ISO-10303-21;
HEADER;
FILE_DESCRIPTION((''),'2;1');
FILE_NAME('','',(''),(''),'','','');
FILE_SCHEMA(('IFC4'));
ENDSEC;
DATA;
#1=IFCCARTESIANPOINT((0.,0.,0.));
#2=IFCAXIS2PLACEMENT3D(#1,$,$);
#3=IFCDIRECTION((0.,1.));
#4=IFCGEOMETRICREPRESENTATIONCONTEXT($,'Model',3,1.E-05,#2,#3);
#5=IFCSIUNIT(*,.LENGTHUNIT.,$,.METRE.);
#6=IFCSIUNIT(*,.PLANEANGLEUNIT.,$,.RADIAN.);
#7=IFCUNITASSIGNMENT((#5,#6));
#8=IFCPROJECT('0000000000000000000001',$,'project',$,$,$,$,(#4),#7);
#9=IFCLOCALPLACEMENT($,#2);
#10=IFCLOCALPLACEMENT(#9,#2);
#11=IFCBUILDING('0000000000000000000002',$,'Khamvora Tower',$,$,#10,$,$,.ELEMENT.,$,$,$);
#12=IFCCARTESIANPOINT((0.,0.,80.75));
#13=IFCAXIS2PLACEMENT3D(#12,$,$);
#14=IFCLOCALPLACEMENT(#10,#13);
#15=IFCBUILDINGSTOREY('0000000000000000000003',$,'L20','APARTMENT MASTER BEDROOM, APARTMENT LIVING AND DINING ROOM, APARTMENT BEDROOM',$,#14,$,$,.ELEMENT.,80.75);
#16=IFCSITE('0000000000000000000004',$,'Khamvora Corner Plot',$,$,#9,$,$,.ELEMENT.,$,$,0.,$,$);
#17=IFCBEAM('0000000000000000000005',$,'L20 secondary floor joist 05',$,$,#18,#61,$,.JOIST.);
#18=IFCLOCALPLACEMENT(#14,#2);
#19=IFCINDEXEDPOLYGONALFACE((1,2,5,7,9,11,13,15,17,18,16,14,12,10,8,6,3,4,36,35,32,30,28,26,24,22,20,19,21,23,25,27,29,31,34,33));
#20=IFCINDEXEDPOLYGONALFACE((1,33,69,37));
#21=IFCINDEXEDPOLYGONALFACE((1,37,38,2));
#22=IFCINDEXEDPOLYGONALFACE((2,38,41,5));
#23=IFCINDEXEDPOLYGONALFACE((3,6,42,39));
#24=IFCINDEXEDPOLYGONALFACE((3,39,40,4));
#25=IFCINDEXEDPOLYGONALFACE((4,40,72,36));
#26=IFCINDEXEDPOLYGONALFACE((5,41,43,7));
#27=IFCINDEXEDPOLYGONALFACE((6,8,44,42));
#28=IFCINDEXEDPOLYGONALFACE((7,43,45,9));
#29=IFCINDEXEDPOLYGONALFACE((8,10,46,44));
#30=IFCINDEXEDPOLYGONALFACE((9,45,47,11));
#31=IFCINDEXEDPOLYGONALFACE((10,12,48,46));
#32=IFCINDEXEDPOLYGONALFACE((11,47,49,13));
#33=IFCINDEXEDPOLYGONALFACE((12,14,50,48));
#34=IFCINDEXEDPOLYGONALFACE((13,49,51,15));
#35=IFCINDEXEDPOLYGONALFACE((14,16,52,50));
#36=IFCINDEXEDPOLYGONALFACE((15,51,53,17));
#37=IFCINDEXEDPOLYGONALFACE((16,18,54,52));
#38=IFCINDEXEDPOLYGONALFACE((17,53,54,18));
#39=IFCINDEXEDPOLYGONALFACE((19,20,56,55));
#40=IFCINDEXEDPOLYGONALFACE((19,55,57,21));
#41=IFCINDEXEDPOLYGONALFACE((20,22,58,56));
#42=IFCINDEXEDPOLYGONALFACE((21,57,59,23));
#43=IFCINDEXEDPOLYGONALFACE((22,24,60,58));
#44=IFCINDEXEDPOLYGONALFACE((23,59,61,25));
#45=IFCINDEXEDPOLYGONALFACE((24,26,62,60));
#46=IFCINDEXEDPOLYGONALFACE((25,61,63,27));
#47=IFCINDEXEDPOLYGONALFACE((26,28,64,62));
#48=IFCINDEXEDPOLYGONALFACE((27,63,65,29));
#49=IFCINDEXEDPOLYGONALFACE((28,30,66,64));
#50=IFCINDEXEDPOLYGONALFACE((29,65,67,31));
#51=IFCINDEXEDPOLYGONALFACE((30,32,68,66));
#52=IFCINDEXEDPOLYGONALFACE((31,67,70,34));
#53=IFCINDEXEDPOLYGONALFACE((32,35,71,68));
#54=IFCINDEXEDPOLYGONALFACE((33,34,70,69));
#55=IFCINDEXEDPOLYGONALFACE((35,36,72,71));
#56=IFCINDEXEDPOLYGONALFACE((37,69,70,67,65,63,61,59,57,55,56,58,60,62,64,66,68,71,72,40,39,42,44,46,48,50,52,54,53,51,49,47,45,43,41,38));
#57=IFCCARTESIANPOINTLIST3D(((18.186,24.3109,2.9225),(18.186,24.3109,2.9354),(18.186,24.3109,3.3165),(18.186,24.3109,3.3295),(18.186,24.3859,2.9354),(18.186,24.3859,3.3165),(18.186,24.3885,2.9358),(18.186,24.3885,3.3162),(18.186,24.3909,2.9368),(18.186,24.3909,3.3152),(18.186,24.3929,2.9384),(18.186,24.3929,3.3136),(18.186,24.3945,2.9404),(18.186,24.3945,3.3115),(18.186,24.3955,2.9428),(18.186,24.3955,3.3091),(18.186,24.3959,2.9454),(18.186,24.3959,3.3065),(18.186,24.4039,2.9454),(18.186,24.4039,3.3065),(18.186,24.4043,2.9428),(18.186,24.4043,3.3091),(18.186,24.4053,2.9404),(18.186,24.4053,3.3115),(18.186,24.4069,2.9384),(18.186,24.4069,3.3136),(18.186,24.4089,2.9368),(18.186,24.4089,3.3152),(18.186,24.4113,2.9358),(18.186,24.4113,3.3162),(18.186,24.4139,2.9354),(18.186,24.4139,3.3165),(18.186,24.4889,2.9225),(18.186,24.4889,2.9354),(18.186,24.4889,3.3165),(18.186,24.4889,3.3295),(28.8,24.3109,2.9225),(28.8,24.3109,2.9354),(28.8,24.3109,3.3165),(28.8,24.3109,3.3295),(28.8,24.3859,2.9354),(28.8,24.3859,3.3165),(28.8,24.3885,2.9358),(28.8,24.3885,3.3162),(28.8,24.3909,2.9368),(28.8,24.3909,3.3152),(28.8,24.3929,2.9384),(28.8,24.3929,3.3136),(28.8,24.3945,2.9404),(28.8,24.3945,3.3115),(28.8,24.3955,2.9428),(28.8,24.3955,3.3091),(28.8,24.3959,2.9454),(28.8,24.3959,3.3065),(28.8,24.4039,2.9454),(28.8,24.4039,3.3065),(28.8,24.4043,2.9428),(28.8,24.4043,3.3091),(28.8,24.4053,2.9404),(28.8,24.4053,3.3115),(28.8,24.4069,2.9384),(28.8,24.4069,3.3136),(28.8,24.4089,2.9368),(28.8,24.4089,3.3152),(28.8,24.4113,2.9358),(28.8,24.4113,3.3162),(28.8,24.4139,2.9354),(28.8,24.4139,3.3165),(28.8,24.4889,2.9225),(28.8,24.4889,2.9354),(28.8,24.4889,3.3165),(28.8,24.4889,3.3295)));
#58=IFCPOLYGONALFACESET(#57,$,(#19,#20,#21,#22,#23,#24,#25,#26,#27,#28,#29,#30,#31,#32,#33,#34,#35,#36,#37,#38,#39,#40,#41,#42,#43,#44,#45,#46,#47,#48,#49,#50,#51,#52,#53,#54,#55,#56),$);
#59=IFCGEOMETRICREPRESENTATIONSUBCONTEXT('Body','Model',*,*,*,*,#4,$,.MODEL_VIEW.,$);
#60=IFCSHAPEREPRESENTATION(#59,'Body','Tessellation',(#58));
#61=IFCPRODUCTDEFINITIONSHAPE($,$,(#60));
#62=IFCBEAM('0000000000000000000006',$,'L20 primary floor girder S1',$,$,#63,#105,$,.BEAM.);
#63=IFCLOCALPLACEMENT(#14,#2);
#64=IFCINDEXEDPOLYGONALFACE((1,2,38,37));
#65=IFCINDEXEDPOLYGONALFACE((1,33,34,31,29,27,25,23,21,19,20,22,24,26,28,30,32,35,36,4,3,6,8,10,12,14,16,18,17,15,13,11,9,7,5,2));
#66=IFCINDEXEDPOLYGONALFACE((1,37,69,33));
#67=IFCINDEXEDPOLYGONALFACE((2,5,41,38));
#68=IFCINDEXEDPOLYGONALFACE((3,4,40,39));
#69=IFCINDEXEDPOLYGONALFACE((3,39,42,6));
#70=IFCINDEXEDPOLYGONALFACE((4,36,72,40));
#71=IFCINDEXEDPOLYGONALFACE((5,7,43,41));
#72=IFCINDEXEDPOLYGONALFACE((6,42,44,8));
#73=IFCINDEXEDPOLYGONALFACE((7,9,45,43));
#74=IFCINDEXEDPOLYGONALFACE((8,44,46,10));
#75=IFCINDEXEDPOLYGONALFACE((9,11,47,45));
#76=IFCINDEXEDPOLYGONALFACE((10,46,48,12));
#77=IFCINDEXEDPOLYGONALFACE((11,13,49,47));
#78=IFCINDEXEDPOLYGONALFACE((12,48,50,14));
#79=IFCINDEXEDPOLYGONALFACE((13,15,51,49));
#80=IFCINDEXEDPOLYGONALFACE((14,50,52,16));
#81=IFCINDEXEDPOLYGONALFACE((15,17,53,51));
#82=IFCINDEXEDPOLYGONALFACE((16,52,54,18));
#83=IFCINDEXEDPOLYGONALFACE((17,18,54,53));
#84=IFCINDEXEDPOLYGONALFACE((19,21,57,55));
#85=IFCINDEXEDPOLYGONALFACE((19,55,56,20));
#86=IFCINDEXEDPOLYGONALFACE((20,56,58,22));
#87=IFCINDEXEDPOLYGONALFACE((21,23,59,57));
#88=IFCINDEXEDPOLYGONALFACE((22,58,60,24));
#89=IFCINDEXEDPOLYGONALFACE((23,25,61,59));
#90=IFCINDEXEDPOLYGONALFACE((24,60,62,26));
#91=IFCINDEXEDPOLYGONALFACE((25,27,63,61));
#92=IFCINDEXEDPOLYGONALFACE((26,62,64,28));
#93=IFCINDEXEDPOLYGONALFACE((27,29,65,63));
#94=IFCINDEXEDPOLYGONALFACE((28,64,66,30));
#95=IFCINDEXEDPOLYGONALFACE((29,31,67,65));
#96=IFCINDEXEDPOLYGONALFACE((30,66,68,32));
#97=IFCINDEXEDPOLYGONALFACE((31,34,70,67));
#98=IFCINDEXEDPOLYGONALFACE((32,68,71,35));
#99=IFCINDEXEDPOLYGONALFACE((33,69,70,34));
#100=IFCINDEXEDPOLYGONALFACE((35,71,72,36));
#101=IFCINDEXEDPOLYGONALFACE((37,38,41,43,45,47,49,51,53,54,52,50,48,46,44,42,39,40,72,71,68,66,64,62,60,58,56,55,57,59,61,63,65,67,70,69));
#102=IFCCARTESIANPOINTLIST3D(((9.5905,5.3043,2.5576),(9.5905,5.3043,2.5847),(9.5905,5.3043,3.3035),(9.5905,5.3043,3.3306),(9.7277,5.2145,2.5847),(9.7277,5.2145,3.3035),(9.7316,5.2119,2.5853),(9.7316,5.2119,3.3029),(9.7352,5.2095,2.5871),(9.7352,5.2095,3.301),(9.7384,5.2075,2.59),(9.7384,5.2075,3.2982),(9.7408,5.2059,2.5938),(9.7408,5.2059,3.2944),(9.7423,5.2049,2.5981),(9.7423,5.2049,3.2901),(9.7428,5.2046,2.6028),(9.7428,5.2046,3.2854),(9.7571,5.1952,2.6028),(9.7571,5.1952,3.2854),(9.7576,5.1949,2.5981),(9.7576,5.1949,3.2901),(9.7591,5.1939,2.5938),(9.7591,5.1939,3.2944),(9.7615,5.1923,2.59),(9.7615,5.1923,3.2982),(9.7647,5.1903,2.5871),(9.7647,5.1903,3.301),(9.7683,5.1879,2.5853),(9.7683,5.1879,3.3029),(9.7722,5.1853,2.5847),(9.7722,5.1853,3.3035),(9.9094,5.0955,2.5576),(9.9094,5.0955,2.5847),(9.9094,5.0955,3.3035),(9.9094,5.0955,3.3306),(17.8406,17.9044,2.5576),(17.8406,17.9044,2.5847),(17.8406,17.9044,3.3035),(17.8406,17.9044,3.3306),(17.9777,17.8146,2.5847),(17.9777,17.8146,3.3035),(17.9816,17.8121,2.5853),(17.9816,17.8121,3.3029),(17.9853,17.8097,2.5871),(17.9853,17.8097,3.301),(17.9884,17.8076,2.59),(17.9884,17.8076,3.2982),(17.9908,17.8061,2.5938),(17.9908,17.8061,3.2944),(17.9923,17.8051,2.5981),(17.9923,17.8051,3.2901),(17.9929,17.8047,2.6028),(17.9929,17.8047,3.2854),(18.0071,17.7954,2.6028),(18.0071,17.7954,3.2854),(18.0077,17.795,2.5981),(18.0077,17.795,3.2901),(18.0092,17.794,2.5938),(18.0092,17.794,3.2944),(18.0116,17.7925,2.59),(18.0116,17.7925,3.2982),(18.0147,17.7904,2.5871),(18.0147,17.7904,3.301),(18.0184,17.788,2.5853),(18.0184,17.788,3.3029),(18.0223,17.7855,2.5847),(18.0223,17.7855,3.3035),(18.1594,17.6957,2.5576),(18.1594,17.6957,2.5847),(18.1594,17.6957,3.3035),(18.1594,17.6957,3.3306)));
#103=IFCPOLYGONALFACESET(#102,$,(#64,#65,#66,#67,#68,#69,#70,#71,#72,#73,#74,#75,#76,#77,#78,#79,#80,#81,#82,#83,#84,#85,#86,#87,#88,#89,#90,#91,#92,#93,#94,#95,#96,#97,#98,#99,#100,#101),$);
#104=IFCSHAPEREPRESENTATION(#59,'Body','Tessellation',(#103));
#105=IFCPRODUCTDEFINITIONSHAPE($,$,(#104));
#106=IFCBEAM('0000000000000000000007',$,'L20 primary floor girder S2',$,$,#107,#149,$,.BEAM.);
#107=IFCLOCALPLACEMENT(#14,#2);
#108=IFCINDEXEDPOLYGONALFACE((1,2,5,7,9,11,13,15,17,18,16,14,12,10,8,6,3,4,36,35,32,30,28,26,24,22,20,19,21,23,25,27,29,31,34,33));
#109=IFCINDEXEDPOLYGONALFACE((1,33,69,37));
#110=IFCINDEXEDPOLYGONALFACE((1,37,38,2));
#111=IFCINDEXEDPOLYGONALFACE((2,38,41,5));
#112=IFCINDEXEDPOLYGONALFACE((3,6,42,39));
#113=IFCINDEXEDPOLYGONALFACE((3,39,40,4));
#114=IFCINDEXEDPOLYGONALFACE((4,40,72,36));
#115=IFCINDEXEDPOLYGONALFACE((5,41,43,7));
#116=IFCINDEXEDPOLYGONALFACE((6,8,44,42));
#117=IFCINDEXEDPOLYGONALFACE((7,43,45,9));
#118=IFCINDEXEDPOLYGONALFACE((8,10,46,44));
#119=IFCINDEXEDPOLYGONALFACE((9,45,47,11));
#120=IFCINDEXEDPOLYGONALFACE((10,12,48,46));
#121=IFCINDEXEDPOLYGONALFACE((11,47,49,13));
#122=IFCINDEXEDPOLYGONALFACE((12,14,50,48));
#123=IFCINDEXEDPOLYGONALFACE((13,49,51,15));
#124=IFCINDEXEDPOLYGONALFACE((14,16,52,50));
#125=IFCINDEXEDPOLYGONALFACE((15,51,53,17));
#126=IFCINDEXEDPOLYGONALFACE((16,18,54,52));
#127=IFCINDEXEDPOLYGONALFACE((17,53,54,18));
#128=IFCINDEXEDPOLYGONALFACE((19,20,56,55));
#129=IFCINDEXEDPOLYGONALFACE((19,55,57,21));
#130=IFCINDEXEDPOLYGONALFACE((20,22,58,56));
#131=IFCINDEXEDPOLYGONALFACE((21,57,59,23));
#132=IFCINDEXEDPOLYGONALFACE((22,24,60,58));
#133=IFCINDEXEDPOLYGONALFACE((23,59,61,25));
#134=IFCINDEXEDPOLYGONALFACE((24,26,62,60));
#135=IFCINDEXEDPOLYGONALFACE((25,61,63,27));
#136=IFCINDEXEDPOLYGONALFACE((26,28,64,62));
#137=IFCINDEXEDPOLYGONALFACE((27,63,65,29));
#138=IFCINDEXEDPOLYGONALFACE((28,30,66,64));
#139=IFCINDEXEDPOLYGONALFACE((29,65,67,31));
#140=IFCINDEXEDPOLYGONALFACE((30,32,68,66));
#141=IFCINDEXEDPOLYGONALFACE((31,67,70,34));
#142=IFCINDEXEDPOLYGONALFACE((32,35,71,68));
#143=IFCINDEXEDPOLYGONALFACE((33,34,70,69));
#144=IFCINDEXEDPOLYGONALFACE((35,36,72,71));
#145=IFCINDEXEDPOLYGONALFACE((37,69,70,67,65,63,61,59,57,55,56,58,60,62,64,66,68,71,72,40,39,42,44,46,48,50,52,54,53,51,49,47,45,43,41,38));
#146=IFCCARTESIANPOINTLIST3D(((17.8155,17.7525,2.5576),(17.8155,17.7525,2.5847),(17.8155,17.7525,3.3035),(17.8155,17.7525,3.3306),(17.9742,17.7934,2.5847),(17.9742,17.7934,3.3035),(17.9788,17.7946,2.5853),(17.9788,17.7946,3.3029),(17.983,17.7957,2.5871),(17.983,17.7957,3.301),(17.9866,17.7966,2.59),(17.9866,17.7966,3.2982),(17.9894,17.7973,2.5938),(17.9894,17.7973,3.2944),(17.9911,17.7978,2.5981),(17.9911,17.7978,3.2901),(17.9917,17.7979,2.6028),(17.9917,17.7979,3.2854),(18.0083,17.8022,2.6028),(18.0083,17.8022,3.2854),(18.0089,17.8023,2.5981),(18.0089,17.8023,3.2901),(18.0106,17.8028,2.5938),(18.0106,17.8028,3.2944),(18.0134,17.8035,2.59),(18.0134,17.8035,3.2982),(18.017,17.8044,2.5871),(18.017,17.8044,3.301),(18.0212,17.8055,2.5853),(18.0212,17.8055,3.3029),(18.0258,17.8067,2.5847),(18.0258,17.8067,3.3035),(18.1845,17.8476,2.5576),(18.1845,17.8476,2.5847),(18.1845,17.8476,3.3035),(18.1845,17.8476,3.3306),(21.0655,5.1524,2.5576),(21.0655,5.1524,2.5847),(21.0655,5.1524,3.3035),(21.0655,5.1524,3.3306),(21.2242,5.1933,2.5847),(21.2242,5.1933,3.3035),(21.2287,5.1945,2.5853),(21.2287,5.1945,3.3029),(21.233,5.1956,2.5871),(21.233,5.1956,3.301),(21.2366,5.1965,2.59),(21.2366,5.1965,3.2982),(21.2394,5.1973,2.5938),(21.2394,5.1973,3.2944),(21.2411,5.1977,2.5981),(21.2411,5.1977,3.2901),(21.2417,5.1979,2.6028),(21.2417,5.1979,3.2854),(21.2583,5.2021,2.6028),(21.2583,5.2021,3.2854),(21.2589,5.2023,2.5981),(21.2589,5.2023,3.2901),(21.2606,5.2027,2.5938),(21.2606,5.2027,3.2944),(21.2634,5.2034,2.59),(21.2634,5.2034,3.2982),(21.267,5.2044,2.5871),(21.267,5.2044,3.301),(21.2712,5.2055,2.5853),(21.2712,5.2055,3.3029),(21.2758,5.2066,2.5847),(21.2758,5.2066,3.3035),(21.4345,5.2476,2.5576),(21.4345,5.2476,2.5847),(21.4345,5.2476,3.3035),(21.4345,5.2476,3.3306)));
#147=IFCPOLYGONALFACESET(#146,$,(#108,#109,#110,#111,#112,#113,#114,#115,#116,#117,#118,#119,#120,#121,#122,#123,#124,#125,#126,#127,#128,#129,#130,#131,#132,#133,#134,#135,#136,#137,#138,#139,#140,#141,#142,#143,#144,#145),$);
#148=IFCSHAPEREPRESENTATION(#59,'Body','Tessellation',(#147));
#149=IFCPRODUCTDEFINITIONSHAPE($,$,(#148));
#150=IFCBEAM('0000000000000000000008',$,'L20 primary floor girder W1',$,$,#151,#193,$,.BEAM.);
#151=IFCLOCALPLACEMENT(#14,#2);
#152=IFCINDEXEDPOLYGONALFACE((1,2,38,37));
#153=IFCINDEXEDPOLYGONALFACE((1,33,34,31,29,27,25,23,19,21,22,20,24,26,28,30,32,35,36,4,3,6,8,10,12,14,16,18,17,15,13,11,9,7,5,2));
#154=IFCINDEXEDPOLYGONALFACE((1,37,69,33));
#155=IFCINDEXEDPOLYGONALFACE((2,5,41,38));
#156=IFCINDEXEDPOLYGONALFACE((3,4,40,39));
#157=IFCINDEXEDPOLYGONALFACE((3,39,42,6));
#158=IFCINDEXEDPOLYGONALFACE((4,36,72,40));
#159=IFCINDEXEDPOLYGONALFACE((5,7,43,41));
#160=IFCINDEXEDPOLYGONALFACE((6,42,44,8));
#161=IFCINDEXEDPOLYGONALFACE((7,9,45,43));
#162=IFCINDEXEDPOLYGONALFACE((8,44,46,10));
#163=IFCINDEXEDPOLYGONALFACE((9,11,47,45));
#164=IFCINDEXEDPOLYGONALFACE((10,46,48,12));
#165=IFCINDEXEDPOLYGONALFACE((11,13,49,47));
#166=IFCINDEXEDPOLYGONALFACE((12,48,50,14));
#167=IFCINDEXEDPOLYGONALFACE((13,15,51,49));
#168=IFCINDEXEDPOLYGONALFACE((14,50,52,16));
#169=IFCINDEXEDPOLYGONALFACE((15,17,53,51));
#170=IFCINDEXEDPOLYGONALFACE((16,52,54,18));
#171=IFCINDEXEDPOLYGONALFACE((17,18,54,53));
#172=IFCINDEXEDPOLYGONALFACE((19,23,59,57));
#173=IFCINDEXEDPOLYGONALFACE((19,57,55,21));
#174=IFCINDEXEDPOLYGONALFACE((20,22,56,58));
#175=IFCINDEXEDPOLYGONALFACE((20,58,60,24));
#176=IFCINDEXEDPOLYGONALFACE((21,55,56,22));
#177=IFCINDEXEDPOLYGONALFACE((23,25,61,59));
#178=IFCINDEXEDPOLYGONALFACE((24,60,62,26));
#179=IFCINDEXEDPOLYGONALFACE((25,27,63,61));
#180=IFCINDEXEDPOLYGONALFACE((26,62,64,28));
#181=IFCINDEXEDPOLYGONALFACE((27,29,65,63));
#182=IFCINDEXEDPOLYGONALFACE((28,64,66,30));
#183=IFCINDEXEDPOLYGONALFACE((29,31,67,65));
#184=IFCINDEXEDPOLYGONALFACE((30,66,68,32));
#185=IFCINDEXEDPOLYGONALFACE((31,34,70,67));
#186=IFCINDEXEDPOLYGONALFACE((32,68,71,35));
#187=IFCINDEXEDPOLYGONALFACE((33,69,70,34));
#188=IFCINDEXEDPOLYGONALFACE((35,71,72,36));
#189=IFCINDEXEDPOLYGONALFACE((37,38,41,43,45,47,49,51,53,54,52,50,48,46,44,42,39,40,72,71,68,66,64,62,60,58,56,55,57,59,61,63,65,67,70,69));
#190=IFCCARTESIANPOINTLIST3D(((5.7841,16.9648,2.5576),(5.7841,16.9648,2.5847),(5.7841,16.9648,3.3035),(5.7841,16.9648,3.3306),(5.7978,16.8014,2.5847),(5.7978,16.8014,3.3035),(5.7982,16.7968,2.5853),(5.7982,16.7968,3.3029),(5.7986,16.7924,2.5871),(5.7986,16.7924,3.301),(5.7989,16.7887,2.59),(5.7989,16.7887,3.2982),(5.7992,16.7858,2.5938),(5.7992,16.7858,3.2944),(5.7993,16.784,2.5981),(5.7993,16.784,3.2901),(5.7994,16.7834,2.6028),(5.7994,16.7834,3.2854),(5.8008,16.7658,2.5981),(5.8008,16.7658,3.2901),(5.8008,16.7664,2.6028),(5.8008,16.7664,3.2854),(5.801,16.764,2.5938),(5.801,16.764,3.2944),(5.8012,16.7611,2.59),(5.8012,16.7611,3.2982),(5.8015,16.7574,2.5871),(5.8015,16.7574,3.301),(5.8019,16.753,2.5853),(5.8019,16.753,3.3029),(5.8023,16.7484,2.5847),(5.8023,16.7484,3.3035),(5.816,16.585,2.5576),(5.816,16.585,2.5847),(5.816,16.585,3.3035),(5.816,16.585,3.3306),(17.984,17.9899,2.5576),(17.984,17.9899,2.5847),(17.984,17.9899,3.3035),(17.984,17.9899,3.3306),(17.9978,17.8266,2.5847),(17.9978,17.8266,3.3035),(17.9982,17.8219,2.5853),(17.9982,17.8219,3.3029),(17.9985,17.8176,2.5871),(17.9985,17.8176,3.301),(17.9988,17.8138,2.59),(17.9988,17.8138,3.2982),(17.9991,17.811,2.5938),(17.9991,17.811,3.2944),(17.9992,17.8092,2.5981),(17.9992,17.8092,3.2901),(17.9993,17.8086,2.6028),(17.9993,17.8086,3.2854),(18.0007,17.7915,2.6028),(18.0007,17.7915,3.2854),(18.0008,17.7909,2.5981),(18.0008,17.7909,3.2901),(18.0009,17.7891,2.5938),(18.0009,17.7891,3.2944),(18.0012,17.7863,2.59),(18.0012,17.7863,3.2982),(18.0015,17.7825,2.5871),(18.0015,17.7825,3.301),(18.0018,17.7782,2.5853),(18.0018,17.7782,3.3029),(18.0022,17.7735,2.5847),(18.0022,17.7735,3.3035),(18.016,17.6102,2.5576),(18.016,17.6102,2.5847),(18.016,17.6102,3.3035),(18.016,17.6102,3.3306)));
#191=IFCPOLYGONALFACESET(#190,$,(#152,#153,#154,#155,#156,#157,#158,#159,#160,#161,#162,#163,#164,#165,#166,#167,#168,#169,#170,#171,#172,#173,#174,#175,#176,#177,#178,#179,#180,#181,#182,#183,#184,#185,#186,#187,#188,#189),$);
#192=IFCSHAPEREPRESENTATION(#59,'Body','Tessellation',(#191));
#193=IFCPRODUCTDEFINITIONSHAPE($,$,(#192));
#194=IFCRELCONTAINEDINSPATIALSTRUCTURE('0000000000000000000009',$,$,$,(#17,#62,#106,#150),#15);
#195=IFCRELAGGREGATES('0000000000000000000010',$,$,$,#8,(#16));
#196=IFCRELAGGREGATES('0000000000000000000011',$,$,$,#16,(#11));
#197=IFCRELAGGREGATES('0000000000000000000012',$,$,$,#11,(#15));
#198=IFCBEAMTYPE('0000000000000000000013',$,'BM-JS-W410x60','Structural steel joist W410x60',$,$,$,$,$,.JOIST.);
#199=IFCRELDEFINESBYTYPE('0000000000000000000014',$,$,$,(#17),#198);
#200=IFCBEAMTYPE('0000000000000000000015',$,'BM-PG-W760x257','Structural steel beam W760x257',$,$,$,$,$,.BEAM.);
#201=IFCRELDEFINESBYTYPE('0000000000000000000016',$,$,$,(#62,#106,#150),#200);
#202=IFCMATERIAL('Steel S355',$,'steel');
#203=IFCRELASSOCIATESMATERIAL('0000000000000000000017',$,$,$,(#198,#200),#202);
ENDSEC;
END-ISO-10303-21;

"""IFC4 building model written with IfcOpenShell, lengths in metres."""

from ifc_helpers import new_model, si_unit, direction, frame, origin, origin_2d, place, context, subcontext, project, spatial, i_section, extrude, material, material_profile, profile_set, type_object, element, save


model = new_model("IFC4")

# Units and contexts
model_context = context("Model", 3, precision=1e-05, world=origin(), true_north=direction((0.0, 1.0)))
body_context = subcontext(model_context, "Body", "Model", "MODEL_VIEW")
ifc_project = project(units=[si_unit("LENGTHUNIT", "METRE"), si_unit("PLANEANGLEUNIT", "RADIAN")], contexts=[model_context])

# Site, building, storey
site_placement = place(None, origin())
site = spatial("IfcSite", under=ifc_project, at=site_placement, Name="Khamvora Corner Plot", CompositionType="ELEMENT", RefElevation=0.0)
building_placement = place(site_placement, origin())
building = spatial("IfcBuilding", under=site, at=building_placement, Name="Khamvora Tower", CompositionType="ELEMENT")
storey_placement = place(building_placement, frame((0.0, 0.0, 80.75)))
storey = spatial("IfcBuildingStorey", under=building, at=storey_placement, Name="L20", Description="APARTMENT MASTER BEDROOM, APARTMENT LIVING AND DINING ROOM, APARTMENT BEDROOM", CompositionType="ELEMENT", Elevation=80.75)

# Beams
ifc_material_1 = material(Name="Steel S355", Category="steel")
ifc_material_profile_1 = material_profile(ifc_material_1, i_section(OverallWidth=0.178, OverallDepth=0.407, WebThickness=0.0081, FlangeThickness=0.0129, FilletRadius=0.01, at=origin_2d()), Name="W410x60")
ifc_profile_set_1 = profile_set([ifc_material_profile_1], Name="Steel S355")
beam_type_1 = type_object("IfcBeamType", Name="BM-JS-W410x60", Description="Structural steel joist W410x60", PredefinedType="JOIST", material=ifc_profile_set_1)
beam_1_placement = place(storey_placement, frame((18.186, 24.3999, 3.126), z_axis=(1.0, 0.0, 0.0), x_axis=(0.0, 1.0, 0.0)))
element("IfcBeam", 1, at=beam_1_placement, inside=storey, type_object=beam_type_1, Name="L20 secondary floor joist 05", PredefinedType="JOIST", context=body_context, shape_type="SweptSolid", body=[
    extrude(i_section(OverallWidth=0.178, OverallDepth=0.407, WebThickness=0.0081, FlangeThickness=0.0129, FilletRadius=0.01, at=origin_2d()), origin(), (0.0, 0.0, 1.0), 10.614),
])
ifc_material_profile_2 = material_profile(ifc_material_1, i_section(OverallWidth=0.3811, OverallDepth=0.7729, WebThickness=0.0171, FlangeThickness=0.0271, FilletRadius=0.0181, at=origin_2d()), Name="W760x257")
ifc_profile_set_2 = profile_set([ifc_material_profile_2], Name="Steel S355")
beam_type_2 = type_object("IfcBeamType", Name="BM-PG-W760x257", Description="Structural steel beam W760x257", PredefinedType="BEAM", material=ifc_profile_set_2)
beam_2_placement = place(storey_placement, frame((18.0, 17.8, 2.9441), z_axis=(-0.547783, -0.83662, 0.0), x_axis=(0.83662, -0.547783, 0.0)))
element("IfcBeam", 2, at=beam_2_placement, inside=storey, type_object=beam_type_2, Name="L20 primary floor girder S1", PredefinedType="BEAM", context=body_context, shape_type="SweptSolid", body=[
    extrude(i_section(OverallWidth=0.3811, OverallDepth=0.7729, WebThickness=0.0171, FlangeThickness=0.0271, FilletRadius=0.0181, at=origin_2d()), origin(), (0.0, 0.0, 1.0), 15.0608),
])
beam_3_placement = place(storey_placement, frame((18.0, 17.8, 2.9441), z_axis=(0.24976, -0.968308, 0.0), x_axis=(0.968308, 0.24976, 0.0)))
element("IfcBeam", 3, at=beam_3_placement, inside=storey, type_object=beam_type_2, Name="L20 primary floor girder S2", PredefinedType="BEAM", context=body_context, shape_type="SweptSolid", body=[
    extrude(i_section(OverallWidth=0.3811, OverallDepth=0.7729, WebThickness=0.0171, FlangeThickness=0.0271, FilletRadius=0.0181, at=origin_2d()), origin(), (0.0, 0.0, 1.0), 13.0125),
])
beam_4_placement = place(storey_placement, frame((18.0, 17.8, 2.9441), z_axis=(-0.996488, -0.083734, 0.0), x_axis=(0.083734, -0.996488, 0.0)))
element("IfcBeam", 4, at=beam_4_placement, inside=storey, type_object=beam_type_2, Name="L20 primary floor girder W1", PredefinedType="BEAM", context=body_context, shape_type="SweptSolid", body=[
    extrude(i_section(OverallWidth=0.3811, OverallDepth=0.7729, WebThickness=0.0171, FlangeThickness=0.0271, FilletRadius=0.0181, at=origin_2d()), origin(), (0.0, 0.0, 1.0), 12.2429),
])

save(model, "model.ifc")
